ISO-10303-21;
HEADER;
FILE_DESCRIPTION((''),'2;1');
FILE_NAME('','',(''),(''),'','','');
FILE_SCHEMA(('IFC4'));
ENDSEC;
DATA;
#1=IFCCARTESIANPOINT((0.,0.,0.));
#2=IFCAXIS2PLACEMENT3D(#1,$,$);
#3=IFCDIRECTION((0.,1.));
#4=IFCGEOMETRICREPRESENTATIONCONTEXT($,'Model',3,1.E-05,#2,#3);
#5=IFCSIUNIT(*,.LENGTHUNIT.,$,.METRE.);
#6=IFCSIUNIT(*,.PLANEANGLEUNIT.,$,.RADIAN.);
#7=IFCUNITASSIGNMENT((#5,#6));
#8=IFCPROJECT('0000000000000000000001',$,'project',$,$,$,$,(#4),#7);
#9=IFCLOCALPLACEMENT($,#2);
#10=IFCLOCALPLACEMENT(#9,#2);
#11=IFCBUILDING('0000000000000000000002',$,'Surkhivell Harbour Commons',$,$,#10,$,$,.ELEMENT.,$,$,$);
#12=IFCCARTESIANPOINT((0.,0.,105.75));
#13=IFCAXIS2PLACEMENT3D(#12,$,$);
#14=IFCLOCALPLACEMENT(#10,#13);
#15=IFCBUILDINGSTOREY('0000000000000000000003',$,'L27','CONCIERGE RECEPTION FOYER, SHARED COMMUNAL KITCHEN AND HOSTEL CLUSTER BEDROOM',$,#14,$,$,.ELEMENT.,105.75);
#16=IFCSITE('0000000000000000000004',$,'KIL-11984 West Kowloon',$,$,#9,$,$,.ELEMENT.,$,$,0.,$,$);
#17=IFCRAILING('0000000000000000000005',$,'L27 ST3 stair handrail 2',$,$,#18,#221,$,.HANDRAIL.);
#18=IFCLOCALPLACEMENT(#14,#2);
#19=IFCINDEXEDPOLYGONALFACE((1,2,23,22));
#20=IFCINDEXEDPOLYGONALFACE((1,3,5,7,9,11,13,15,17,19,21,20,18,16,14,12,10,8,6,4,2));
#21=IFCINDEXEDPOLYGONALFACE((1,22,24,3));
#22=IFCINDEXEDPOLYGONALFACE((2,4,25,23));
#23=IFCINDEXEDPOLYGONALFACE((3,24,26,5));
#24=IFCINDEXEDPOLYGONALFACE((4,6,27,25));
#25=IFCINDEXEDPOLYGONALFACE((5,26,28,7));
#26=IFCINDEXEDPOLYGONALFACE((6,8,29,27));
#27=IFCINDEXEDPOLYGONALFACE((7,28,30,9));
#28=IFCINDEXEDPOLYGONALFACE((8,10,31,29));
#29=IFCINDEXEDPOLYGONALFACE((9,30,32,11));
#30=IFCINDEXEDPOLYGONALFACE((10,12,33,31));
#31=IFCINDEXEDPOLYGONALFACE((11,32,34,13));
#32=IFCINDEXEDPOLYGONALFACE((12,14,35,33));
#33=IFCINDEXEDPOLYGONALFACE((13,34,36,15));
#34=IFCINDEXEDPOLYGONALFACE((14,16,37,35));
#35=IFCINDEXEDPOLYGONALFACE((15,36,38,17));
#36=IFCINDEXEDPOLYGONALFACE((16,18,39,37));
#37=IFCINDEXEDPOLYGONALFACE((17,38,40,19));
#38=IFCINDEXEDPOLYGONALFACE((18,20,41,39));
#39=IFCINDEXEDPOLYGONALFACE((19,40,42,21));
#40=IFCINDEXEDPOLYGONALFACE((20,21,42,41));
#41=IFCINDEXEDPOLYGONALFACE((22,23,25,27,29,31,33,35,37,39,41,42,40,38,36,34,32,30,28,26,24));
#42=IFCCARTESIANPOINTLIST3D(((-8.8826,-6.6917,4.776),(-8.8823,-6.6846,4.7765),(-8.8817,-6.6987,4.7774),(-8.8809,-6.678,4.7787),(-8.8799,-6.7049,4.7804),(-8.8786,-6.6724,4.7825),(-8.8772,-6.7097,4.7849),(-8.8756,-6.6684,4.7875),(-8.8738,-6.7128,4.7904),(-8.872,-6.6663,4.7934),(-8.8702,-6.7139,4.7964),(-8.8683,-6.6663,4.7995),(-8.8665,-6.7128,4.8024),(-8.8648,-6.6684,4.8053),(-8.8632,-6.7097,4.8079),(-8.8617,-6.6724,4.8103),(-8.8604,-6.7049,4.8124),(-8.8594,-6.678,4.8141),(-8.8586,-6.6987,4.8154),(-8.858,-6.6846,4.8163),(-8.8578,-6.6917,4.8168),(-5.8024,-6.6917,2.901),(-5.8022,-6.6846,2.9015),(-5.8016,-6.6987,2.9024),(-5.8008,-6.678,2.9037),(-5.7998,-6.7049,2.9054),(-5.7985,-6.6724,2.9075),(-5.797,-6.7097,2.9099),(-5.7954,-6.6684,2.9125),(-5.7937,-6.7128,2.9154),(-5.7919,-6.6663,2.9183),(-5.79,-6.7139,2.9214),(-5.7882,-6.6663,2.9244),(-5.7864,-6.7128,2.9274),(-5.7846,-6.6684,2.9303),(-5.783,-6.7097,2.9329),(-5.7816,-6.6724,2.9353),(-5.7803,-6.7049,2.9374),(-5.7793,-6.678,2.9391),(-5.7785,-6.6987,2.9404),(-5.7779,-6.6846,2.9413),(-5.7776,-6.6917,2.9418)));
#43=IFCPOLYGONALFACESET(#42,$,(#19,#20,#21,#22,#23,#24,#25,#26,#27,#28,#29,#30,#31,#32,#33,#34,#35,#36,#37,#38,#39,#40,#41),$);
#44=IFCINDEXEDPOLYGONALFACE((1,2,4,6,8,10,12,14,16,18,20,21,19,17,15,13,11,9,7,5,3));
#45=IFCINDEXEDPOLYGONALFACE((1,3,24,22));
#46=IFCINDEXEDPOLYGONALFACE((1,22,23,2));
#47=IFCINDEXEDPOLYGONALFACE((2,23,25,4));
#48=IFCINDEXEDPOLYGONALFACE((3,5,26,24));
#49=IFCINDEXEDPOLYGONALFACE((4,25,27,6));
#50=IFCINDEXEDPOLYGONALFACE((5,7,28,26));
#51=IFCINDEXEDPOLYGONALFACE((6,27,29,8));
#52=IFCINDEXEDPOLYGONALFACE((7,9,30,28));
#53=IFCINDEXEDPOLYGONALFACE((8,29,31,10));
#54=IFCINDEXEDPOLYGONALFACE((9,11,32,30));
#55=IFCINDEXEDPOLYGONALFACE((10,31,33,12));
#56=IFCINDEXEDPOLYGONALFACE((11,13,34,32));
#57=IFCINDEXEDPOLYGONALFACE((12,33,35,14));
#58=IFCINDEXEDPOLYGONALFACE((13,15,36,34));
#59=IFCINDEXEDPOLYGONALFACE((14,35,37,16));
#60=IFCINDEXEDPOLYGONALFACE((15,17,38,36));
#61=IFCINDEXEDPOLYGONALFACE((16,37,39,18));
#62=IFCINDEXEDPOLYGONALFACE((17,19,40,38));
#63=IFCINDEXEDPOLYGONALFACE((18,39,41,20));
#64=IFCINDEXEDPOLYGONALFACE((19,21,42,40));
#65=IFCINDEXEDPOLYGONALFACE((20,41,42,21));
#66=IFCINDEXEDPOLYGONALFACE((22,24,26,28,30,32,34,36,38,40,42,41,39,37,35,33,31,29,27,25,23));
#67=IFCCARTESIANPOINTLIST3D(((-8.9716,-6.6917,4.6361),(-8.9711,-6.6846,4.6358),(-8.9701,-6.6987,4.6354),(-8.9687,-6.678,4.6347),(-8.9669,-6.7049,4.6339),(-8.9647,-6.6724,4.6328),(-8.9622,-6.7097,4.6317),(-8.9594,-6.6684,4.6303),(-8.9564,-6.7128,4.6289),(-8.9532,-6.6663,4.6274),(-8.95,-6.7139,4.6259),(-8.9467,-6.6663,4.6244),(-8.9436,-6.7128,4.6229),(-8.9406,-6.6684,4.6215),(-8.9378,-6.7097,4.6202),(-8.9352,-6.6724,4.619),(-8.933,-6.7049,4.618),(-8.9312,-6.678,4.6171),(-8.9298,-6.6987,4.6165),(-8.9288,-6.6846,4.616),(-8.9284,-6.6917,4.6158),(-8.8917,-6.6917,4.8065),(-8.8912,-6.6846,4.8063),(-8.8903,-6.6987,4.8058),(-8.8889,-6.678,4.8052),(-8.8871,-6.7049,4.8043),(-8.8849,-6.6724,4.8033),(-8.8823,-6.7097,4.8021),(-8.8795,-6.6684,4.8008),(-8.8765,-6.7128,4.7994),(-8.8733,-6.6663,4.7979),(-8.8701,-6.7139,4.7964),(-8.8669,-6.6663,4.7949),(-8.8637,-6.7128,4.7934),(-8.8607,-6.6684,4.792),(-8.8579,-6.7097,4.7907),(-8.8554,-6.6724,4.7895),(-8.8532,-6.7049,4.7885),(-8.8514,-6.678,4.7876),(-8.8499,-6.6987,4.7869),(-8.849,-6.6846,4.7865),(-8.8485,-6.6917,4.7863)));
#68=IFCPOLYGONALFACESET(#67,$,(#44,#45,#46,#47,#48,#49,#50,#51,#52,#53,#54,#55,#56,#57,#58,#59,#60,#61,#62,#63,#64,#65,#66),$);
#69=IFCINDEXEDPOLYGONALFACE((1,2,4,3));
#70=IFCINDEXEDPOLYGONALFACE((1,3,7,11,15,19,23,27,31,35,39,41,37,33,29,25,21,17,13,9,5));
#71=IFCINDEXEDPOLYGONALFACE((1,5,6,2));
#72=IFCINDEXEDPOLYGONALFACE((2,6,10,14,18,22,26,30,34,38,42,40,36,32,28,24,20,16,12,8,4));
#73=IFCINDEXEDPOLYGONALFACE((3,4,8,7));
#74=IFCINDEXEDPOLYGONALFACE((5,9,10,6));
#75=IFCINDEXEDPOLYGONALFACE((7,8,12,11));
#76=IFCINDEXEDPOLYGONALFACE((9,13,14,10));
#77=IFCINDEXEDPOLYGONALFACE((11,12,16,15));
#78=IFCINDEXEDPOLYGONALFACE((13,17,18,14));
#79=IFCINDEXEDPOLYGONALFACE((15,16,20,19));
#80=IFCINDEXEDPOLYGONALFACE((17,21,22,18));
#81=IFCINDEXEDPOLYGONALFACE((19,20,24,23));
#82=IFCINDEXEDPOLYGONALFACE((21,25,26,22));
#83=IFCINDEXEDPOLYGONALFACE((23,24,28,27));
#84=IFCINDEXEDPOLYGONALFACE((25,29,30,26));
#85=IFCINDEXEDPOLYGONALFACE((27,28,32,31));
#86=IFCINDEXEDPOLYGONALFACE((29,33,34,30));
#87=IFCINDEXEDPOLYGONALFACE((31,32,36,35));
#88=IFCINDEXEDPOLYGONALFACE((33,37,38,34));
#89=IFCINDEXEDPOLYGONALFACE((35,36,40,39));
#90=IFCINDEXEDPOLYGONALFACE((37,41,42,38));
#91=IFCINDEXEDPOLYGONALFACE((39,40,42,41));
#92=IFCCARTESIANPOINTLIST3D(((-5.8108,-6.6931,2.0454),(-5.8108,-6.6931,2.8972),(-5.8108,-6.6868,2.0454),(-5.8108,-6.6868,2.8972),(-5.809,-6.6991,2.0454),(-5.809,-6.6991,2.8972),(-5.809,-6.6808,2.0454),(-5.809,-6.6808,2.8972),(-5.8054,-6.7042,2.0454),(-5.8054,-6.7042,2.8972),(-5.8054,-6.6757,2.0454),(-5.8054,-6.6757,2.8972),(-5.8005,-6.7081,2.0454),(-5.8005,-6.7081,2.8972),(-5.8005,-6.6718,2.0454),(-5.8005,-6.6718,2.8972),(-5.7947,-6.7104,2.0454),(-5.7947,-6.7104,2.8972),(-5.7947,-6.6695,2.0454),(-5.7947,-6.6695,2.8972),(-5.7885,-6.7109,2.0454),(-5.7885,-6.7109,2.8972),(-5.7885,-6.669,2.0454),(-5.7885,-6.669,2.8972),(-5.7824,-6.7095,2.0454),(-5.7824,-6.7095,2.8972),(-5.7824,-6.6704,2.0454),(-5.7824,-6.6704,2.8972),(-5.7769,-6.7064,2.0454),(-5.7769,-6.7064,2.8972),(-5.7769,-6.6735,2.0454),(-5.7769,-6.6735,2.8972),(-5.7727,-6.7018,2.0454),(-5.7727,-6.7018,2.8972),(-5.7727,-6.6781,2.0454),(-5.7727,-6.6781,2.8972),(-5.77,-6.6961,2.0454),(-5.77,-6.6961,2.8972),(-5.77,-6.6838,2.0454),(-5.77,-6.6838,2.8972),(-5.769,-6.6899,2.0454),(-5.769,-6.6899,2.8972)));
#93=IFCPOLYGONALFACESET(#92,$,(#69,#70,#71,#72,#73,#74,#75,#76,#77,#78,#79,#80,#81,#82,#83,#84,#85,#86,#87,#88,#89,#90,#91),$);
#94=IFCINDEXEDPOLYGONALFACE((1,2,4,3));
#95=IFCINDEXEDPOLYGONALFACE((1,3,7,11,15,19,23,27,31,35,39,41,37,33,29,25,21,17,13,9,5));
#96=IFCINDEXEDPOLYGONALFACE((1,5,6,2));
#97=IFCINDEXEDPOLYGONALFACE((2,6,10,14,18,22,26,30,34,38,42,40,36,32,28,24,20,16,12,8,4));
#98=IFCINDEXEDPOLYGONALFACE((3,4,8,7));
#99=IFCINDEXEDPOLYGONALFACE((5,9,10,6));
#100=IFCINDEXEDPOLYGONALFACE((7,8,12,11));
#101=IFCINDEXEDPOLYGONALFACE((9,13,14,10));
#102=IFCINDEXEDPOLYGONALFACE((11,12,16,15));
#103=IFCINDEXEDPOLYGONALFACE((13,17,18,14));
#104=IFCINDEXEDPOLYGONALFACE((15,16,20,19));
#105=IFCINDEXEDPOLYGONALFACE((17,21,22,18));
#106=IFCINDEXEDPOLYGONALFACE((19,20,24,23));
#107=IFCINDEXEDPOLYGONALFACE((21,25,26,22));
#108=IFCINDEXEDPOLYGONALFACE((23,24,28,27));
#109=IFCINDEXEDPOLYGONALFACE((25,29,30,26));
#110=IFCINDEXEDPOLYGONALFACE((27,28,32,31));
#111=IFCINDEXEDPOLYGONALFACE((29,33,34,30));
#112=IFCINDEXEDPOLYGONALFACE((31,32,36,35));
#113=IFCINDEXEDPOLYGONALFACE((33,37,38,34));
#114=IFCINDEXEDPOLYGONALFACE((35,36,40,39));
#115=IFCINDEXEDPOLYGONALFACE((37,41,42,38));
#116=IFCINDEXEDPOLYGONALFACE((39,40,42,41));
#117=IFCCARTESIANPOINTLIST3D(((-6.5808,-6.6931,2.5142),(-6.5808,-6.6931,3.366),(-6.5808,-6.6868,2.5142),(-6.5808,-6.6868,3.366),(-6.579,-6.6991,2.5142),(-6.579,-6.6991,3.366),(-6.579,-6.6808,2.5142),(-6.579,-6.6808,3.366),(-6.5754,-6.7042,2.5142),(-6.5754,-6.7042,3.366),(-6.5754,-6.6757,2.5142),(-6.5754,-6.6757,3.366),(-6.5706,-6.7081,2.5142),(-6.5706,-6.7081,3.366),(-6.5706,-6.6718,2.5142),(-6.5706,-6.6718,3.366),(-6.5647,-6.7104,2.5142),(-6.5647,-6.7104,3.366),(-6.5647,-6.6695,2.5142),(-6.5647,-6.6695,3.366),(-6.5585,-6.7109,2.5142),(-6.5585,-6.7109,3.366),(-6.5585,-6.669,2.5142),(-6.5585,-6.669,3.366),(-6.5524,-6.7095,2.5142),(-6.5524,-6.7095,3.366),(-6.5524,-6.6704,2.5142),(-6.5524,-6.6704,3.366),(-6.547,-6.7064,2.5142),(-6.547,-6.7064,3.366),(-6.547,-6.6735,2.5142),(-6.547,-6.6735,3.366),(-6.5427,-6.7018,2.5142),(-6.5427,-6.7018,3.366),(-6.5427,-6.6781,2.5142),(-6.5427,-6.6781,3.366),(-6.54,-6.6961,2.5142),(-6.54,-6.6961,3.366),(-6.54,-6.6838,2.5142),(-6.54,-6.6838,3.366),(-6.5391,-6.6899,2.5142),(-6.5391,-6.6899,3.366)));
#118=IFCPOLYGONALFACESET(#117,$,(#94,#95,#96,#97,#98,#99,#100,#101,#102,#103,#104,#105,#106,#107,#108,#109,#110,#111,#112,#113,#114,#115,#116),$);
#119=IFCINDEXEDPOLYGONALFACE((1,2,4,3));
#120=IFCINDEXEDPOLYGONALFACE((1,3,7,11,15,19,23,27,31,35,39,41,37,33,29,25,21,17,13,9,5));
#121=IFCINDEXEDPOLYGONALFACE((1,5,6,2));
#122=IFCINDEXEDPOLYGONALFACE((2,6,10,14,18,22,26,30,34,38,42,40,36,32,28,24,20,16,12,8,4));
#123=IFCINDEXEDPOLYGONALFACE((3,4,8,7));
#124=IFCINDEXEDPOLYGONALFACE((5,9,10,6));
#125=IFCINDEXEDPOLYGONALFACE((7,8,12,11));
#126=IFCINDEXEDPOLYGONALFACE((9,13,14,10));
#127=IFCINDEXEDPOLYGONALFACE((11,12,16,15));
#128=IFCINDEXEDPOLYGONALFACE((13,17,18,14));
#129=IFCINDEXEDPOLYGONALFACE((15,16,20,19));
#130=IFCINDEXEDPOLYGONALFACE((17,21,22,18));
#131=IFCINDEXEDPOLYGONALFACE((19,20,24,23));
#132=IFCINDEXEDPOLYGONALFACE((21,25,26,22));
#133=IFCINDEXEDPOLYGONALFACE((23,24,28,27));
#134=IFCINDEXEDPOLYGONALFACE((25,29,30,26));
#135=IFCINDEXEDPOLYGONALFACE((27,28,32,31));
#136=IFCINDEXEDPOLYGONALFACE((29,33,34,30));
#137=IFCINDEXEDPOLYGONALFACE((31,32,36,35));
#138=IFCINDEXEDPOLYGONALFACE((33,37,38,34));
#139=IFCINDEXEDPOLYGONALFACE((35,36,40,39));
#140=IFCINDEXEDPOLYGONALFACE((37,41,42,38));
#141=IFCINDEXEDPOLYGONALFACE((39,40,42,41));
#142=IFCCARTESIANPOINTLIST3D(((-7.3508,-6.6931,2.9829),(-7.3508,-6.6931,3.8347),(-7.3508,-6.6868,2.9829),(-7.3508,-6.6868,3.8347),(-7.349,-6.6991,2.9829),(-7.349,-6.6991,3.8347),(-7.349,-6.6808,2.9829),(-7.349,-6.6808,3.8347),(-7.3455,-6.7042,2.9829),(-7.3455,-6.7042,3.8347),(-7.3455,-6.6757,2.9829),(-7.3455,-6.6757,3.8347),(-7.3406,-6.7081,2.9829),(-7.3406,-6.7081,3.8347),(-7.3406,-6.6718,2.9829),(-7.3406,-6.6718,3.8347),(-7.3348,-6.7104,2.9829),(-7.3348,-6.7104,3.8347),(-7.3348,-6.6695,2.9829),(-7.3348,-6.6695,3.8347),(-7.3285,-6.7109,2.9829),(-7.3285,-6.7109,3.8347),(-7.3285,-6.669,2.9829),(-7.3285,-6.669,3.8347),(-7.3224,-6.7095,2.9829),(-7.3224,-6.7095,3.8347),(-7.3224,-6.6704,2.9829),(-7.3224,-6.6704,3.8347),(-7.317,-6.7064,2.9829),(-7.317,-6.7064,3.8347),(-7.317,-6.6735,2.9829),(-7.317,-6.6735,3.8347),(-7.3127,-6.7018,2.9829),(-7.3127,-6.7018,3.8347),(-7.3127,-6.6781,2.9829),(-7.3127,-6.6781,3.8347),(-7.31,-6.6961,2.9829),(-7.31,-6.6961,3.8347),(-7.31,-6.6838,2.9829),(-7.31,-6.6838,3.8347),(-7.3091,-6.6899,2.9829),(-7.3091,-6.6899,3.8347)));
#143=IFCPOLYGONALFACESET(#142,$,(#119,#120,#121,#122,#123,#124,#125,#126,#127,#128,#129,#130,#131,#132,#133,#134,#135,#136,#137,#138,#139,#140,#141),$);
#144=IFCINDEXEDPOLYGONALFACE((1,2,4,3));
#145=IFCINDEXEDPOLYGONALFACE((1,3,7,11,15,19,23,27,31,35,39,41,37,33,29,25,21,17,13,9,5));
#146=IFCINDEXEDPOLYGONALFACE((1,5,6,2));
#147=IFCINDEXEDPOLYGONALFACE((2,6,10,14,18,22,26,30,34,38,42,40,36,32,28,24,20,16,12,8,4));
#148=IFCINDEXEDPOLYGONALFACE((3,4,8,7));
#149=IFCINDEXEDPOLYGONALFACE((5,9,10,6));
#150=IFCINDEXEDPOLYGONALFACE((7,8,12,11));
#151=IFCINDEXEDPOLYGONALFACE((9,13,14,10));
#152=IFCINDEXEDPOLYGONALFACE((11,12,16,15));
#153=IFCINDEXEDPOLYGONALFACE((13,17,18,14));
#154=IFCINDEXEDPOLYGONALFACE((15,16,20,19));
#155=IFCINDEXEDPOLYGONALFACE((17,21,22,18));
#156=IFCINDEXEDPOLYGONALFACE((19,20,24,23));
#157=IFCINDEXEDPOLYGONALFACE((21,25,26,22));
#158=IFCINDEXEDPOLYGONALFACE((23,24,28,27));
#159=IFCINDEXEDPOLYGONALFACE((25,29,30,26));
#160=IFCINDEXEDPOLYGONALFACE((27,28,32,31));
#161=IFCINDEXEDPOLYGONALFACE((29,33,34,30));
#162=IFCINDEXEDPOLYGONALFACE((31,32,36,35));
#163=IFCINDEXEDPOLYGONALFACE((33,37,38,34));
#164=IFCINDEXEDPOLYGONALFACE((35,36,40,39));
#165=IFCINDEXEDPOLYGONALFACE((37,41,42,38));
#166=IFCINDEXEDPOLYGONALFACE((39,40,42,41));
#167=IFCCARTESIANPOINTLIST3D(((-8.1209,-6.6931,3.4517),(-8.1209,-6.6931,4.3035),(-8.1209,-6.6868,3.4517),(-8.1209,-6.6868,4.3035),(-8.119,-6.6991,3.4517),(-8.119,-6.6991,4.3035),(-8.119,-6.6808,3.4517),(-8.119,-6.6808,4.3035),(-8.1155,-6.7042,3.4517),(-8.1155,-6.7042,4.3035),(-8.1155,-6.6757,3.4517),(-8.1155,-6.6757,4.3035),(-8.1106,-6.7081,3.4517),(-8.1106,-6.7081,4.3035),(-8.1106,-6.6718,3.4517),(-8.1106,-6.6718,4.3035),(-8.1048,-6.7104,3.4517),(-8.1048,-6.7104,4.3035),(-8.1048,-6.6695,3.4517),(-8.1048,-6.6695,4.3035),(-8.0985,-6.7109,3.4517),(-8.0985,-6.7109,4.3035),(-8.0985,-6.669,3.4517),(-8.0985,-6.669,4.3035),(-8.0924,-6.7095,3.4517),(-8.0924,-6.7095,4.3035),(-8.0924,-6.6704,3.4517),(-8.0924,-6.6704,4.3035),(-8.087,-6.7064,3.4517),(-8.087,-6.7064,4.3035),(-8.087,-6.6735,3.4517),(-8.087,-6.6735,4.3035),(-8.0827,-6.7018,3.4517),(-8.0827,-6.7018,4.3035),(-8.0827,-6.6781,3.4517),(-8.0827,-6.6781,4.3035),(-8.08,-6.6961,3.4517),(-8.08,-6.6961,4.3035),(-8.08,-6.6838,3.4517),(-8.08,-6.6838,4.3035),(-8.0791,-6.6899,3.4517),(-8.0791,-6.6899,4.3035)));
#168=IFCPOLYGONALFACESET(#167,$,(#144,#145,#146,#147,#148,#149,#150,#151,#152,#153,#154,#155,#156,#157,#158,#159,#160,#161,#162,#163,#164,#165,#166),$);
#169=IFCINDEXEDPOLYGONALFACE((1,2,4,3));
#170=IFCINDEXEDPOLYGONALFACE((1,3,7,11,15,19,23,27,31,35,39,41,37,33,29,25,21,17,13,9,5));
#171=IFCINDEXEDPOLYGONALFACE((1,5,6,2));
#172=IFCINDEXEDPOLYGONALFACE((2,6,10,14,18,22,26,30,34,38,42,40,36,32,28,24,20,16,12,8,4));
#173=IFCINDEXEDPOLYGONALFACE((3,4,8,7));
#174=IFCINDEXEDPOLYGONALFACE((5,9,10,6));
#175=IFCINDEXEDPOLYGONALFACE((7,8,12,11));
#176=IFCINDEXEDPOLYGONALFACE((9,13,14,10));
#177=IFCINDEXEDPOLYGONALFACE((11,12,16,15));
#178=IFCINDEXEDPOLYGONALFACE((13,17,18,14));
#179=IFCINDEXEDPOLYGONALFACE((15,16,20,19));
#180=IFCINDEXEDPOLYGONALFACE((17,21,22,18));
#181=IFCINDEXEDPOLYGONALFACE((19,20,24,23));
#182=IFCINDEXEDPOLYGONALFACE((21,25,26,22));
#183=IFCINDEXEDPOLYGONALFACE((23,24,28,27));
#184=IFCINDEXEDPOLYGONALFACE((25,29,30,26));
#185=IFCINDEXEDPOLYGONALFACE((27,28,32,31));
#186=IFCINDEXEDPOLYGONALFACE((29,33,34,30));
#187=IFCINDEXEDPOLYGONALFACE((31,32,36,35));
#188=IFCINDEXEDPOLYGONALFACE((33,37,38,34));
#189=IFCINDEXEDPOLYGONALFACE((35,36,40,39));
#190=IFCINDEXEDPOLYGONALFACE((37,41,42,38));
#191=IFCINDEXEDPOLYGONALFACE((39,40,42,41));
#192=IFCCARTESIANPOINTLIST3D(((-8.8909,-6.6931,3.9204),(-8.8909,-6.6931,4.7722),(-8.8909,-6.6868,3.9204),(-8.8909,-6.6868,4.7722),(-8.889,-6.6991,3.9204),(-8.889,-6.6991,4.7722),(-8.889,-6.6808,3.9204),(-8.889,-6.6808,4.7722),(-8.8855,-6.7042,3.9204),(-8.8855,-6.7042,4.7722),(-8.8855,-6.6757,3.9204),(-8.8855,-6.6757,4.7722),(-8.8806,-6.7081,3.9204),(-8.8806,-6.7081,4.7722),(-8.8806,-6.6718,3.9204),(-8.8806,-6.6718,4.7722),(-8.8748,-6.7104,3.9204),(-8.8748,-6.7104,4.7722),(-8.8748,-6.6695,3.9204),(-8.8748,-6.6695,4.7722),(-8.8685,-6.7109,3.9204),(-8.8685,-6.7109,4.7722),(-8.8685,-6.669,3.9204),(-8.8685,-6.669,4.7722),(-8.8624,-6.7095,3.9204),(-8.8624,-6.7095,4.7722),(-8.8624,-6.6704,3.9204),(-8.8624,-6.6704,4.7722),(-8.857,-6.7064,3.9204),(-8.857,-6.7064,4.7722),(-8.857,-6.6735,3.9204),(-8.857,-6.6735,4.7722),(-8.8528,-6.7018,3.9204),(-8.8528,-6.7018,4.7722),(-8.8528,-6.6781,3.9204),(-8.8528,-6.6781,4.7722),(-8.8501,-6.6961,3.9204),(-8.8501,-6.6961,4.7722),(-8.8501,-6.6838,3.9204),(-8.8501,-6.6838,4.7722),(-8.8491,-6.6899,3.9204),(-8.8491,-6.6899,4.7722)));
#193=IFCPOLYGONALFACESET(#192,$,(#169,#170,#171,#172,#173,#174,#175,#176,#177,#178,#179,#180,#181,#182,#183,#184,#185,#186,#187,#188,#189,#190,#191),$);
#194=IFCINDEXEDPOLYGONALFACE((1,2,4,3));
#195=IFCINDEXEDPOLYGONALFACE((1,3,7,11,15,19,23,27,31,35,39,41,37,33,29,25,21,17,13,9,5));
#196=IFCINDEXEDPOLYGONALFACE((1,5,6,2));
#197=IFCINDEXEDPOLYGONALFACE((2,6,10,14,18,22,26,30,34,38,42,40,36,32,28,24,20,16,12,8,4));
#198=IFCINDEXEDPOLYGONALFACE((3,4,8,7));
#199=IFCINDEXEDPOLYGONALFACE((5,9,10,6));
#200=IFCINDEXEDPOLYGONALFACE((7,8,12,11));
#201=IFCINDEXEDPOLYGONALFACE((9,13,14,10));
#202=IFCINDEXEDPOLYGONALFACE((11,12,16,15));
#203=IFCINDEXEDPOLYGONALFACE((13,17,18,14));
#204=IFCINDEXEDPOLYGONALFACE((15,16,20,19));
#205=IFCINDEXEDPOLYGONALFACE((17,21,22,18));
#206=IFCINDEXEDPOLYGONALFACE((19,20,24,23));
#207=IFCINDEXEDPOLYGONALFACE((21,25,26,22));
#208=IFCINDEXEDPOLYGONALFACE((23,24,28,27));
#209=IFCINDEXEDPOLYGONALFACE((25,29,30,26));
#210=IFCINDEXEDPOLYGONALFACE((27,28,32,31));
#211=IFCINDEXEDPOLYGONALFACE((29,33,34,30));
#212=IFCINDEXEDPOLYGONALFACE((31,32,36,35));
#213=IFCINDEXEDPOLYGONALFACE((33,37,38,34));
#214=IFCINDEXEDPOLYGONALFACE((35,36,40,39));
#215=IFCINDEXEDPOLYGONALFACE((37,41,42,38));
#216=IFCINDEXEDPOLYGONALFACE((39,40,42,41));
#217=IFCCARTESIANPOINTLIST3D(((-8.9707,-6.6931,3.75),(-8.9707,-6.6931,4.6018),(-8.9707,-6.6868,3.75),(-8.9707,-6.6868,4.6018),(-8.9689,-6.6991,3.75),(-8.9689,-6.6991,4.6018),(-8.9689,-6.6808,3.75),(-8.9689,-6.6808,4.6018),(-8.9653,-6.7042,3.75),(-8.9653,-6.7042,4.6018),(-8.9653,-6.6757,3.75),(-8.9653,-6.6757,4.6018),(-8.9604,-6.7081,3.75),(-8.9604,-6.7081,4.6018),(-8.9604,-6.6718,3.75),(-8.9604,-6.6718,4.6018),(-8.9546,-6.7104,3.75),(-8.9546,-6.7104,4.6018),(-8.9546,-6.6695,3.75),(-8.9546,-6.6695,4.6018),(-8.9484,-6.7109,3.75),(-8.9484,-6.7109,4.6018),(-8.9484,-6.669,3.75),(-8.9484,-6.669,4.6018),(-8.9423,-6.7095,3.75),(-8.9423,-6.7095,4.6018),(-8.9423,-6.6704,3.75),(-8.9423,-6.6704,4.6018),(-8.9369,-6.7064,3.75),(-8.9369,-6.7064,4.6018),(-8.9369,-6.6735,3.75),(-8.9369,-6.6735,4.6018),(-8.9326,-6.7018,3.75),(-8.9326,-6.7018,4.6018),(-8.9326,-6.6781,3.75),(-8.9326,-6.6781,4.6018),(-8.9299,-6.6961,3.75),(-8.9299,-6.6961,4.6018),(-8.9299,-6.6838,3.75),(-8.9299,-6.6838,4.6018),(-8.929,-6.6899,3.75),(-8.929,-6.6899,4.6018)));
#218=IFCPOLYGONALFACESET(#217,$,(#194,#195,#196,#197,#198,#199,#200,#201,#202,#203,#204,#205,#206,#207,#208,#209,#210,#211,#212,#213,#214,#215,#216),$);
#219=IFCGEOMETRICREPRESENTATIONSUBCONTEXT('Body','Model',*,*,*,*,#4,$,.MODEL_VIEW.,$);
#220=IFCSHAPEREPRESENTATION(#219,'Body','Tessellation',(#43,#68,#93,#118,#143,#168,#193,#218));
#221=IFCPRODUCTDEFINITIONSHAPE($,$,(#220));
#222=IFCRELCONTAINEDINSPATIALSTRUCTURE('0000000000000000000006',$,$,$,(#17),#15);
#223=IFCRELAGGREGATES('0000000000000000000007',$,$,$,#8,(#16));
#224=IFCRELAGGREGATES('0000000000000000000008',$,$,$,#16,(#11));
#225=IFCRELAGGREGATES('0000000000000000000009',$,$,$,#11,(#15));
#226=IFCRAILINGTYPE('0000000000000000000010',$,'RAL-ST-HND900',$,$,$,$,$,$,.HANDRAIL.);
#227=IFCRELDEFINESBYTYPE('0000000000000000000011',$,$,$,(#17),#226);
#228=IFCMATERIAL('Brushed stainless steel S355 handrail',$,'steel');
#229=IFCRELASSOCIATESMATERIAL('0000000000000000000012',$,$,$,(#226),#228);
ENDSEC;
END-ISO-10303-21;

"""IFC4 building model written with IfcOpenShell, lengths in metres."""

from ifc_helpers import new_model, si_unit, direction, frame, origin, origin_2d, place, context, subcontext, project, spatial, circle, extrude, material, type_object, element, save


model = new_model("IFC4")

# Units and contexts
model_context = context("Model", 3, precision=1e-05, world=origin(), true_north=direction((0.0, 1.0)))
body_context = subcontext(model_context, "Body", "Model", "MODEL_VIEW")
ifc_project = project(units=[si_unit("LENGTHUNIT", "METRE"), si_unit("PLANEANGLEUNIT", "RADIAN")], contexts=[model_context])

# Site, building, storey
site_placement = place(None, origin())
site = spatial("IfcSite", under=ifc_project, at=site_placement, Name="KIL-11984 West Kowloon", CompositionType="ELEMENT", RefElevation=0.0)
building_placement = place(site_placement, origin())
building = spatial("IfcBuilding", under=site, at=building_placement, Name="Surkhivell Harbour Commons", CompositionType="ELEMENT")
storey_placement = place(building_placement, frame((0.0, 0.0, 105.75)))
storey = spatial("IfcBuildingStorey", under=building, at=storey_placement, Name="L27", Description="CONCIERGE RECEPTION FOYER, SHARED COMMUNAL KITCHEN AND HOSTEL CLUSTER BEDROOM", CompositionType="ELEMENT", Elevation=105.75)

# Railing
ifc_material_1 = material(Name="Brushed stainless steel S355 handrail", Category="steel")
railing_type_1 = type_object("IfcRailingType", Name="RAL-ST-HND900", PredefinedType="HANDRAIL", material=ifc_material_1)
railing_1_placement = place(storey_placement, frame((-5.79, -6.6899, 2.0454)))
element("IfcRailing", 1, at=railing_1_placement, inside=storey, type_object=railing_type_1, Name="L27 ST3 stair handrail 2", PredefinedType="HANDRAIL", context=body_context, shape_type="SweptSolid", body=[
    extrude(circle(Radius=0.0239, at=origin_2d()), frame((0.0, 0.0, 0.876), z_axis=(-0.854178, 0.0, 0.519981), x_axis=(0.0, -1.0, 0.0)), (0.0, 0.0, 1.0), 3.606),
    extrude(circle(Radius=0.0239, at=origin_2d()), frame((-3.0801, 0.0, 2.751), z_axis=(-0.424234, 0.0, -0.905552), x_axis=(0.0, -1.0, 0.0)), (0.0, 0.0, 1.0), 0.1882),
    extrude(circle(Radius=0.021, at=origin_2d()), origin(), (0.0, 0.0, 1.0), 0.8518),
    extrude(circle(Radius=0.021, at=origin_2d()), frame((-0.77, 0.0, 0.4688)), (0.0, 0.0, 1.0), 0.8518),
    extrude(circle(Radius=0.021, at=origin_2d()), frame((-1.54, 0.0, 0.9375)), (0.0, 0.0, 1.0), 0.8518),
    extrude(circle(Radius=0.021, at=origin_2d()), frame((-2.3101, 0.0, 1.4062)), (0.0, 0.0, 1.0), 0.8518),
    extrude(circle(Radius=0.021, at=origin_2d()), frame((-3.0801, 0.0, 1.875)), (0.0, 0.0, 1.0), 0.8518),
    extrude(circle(Radius=0.021, at=origin_2d()), frame((-3.1599, 0.0, 1.7046)), (0.0, 0.0, 1.0), 0.8518),
])

save(model, "model.ifc")
